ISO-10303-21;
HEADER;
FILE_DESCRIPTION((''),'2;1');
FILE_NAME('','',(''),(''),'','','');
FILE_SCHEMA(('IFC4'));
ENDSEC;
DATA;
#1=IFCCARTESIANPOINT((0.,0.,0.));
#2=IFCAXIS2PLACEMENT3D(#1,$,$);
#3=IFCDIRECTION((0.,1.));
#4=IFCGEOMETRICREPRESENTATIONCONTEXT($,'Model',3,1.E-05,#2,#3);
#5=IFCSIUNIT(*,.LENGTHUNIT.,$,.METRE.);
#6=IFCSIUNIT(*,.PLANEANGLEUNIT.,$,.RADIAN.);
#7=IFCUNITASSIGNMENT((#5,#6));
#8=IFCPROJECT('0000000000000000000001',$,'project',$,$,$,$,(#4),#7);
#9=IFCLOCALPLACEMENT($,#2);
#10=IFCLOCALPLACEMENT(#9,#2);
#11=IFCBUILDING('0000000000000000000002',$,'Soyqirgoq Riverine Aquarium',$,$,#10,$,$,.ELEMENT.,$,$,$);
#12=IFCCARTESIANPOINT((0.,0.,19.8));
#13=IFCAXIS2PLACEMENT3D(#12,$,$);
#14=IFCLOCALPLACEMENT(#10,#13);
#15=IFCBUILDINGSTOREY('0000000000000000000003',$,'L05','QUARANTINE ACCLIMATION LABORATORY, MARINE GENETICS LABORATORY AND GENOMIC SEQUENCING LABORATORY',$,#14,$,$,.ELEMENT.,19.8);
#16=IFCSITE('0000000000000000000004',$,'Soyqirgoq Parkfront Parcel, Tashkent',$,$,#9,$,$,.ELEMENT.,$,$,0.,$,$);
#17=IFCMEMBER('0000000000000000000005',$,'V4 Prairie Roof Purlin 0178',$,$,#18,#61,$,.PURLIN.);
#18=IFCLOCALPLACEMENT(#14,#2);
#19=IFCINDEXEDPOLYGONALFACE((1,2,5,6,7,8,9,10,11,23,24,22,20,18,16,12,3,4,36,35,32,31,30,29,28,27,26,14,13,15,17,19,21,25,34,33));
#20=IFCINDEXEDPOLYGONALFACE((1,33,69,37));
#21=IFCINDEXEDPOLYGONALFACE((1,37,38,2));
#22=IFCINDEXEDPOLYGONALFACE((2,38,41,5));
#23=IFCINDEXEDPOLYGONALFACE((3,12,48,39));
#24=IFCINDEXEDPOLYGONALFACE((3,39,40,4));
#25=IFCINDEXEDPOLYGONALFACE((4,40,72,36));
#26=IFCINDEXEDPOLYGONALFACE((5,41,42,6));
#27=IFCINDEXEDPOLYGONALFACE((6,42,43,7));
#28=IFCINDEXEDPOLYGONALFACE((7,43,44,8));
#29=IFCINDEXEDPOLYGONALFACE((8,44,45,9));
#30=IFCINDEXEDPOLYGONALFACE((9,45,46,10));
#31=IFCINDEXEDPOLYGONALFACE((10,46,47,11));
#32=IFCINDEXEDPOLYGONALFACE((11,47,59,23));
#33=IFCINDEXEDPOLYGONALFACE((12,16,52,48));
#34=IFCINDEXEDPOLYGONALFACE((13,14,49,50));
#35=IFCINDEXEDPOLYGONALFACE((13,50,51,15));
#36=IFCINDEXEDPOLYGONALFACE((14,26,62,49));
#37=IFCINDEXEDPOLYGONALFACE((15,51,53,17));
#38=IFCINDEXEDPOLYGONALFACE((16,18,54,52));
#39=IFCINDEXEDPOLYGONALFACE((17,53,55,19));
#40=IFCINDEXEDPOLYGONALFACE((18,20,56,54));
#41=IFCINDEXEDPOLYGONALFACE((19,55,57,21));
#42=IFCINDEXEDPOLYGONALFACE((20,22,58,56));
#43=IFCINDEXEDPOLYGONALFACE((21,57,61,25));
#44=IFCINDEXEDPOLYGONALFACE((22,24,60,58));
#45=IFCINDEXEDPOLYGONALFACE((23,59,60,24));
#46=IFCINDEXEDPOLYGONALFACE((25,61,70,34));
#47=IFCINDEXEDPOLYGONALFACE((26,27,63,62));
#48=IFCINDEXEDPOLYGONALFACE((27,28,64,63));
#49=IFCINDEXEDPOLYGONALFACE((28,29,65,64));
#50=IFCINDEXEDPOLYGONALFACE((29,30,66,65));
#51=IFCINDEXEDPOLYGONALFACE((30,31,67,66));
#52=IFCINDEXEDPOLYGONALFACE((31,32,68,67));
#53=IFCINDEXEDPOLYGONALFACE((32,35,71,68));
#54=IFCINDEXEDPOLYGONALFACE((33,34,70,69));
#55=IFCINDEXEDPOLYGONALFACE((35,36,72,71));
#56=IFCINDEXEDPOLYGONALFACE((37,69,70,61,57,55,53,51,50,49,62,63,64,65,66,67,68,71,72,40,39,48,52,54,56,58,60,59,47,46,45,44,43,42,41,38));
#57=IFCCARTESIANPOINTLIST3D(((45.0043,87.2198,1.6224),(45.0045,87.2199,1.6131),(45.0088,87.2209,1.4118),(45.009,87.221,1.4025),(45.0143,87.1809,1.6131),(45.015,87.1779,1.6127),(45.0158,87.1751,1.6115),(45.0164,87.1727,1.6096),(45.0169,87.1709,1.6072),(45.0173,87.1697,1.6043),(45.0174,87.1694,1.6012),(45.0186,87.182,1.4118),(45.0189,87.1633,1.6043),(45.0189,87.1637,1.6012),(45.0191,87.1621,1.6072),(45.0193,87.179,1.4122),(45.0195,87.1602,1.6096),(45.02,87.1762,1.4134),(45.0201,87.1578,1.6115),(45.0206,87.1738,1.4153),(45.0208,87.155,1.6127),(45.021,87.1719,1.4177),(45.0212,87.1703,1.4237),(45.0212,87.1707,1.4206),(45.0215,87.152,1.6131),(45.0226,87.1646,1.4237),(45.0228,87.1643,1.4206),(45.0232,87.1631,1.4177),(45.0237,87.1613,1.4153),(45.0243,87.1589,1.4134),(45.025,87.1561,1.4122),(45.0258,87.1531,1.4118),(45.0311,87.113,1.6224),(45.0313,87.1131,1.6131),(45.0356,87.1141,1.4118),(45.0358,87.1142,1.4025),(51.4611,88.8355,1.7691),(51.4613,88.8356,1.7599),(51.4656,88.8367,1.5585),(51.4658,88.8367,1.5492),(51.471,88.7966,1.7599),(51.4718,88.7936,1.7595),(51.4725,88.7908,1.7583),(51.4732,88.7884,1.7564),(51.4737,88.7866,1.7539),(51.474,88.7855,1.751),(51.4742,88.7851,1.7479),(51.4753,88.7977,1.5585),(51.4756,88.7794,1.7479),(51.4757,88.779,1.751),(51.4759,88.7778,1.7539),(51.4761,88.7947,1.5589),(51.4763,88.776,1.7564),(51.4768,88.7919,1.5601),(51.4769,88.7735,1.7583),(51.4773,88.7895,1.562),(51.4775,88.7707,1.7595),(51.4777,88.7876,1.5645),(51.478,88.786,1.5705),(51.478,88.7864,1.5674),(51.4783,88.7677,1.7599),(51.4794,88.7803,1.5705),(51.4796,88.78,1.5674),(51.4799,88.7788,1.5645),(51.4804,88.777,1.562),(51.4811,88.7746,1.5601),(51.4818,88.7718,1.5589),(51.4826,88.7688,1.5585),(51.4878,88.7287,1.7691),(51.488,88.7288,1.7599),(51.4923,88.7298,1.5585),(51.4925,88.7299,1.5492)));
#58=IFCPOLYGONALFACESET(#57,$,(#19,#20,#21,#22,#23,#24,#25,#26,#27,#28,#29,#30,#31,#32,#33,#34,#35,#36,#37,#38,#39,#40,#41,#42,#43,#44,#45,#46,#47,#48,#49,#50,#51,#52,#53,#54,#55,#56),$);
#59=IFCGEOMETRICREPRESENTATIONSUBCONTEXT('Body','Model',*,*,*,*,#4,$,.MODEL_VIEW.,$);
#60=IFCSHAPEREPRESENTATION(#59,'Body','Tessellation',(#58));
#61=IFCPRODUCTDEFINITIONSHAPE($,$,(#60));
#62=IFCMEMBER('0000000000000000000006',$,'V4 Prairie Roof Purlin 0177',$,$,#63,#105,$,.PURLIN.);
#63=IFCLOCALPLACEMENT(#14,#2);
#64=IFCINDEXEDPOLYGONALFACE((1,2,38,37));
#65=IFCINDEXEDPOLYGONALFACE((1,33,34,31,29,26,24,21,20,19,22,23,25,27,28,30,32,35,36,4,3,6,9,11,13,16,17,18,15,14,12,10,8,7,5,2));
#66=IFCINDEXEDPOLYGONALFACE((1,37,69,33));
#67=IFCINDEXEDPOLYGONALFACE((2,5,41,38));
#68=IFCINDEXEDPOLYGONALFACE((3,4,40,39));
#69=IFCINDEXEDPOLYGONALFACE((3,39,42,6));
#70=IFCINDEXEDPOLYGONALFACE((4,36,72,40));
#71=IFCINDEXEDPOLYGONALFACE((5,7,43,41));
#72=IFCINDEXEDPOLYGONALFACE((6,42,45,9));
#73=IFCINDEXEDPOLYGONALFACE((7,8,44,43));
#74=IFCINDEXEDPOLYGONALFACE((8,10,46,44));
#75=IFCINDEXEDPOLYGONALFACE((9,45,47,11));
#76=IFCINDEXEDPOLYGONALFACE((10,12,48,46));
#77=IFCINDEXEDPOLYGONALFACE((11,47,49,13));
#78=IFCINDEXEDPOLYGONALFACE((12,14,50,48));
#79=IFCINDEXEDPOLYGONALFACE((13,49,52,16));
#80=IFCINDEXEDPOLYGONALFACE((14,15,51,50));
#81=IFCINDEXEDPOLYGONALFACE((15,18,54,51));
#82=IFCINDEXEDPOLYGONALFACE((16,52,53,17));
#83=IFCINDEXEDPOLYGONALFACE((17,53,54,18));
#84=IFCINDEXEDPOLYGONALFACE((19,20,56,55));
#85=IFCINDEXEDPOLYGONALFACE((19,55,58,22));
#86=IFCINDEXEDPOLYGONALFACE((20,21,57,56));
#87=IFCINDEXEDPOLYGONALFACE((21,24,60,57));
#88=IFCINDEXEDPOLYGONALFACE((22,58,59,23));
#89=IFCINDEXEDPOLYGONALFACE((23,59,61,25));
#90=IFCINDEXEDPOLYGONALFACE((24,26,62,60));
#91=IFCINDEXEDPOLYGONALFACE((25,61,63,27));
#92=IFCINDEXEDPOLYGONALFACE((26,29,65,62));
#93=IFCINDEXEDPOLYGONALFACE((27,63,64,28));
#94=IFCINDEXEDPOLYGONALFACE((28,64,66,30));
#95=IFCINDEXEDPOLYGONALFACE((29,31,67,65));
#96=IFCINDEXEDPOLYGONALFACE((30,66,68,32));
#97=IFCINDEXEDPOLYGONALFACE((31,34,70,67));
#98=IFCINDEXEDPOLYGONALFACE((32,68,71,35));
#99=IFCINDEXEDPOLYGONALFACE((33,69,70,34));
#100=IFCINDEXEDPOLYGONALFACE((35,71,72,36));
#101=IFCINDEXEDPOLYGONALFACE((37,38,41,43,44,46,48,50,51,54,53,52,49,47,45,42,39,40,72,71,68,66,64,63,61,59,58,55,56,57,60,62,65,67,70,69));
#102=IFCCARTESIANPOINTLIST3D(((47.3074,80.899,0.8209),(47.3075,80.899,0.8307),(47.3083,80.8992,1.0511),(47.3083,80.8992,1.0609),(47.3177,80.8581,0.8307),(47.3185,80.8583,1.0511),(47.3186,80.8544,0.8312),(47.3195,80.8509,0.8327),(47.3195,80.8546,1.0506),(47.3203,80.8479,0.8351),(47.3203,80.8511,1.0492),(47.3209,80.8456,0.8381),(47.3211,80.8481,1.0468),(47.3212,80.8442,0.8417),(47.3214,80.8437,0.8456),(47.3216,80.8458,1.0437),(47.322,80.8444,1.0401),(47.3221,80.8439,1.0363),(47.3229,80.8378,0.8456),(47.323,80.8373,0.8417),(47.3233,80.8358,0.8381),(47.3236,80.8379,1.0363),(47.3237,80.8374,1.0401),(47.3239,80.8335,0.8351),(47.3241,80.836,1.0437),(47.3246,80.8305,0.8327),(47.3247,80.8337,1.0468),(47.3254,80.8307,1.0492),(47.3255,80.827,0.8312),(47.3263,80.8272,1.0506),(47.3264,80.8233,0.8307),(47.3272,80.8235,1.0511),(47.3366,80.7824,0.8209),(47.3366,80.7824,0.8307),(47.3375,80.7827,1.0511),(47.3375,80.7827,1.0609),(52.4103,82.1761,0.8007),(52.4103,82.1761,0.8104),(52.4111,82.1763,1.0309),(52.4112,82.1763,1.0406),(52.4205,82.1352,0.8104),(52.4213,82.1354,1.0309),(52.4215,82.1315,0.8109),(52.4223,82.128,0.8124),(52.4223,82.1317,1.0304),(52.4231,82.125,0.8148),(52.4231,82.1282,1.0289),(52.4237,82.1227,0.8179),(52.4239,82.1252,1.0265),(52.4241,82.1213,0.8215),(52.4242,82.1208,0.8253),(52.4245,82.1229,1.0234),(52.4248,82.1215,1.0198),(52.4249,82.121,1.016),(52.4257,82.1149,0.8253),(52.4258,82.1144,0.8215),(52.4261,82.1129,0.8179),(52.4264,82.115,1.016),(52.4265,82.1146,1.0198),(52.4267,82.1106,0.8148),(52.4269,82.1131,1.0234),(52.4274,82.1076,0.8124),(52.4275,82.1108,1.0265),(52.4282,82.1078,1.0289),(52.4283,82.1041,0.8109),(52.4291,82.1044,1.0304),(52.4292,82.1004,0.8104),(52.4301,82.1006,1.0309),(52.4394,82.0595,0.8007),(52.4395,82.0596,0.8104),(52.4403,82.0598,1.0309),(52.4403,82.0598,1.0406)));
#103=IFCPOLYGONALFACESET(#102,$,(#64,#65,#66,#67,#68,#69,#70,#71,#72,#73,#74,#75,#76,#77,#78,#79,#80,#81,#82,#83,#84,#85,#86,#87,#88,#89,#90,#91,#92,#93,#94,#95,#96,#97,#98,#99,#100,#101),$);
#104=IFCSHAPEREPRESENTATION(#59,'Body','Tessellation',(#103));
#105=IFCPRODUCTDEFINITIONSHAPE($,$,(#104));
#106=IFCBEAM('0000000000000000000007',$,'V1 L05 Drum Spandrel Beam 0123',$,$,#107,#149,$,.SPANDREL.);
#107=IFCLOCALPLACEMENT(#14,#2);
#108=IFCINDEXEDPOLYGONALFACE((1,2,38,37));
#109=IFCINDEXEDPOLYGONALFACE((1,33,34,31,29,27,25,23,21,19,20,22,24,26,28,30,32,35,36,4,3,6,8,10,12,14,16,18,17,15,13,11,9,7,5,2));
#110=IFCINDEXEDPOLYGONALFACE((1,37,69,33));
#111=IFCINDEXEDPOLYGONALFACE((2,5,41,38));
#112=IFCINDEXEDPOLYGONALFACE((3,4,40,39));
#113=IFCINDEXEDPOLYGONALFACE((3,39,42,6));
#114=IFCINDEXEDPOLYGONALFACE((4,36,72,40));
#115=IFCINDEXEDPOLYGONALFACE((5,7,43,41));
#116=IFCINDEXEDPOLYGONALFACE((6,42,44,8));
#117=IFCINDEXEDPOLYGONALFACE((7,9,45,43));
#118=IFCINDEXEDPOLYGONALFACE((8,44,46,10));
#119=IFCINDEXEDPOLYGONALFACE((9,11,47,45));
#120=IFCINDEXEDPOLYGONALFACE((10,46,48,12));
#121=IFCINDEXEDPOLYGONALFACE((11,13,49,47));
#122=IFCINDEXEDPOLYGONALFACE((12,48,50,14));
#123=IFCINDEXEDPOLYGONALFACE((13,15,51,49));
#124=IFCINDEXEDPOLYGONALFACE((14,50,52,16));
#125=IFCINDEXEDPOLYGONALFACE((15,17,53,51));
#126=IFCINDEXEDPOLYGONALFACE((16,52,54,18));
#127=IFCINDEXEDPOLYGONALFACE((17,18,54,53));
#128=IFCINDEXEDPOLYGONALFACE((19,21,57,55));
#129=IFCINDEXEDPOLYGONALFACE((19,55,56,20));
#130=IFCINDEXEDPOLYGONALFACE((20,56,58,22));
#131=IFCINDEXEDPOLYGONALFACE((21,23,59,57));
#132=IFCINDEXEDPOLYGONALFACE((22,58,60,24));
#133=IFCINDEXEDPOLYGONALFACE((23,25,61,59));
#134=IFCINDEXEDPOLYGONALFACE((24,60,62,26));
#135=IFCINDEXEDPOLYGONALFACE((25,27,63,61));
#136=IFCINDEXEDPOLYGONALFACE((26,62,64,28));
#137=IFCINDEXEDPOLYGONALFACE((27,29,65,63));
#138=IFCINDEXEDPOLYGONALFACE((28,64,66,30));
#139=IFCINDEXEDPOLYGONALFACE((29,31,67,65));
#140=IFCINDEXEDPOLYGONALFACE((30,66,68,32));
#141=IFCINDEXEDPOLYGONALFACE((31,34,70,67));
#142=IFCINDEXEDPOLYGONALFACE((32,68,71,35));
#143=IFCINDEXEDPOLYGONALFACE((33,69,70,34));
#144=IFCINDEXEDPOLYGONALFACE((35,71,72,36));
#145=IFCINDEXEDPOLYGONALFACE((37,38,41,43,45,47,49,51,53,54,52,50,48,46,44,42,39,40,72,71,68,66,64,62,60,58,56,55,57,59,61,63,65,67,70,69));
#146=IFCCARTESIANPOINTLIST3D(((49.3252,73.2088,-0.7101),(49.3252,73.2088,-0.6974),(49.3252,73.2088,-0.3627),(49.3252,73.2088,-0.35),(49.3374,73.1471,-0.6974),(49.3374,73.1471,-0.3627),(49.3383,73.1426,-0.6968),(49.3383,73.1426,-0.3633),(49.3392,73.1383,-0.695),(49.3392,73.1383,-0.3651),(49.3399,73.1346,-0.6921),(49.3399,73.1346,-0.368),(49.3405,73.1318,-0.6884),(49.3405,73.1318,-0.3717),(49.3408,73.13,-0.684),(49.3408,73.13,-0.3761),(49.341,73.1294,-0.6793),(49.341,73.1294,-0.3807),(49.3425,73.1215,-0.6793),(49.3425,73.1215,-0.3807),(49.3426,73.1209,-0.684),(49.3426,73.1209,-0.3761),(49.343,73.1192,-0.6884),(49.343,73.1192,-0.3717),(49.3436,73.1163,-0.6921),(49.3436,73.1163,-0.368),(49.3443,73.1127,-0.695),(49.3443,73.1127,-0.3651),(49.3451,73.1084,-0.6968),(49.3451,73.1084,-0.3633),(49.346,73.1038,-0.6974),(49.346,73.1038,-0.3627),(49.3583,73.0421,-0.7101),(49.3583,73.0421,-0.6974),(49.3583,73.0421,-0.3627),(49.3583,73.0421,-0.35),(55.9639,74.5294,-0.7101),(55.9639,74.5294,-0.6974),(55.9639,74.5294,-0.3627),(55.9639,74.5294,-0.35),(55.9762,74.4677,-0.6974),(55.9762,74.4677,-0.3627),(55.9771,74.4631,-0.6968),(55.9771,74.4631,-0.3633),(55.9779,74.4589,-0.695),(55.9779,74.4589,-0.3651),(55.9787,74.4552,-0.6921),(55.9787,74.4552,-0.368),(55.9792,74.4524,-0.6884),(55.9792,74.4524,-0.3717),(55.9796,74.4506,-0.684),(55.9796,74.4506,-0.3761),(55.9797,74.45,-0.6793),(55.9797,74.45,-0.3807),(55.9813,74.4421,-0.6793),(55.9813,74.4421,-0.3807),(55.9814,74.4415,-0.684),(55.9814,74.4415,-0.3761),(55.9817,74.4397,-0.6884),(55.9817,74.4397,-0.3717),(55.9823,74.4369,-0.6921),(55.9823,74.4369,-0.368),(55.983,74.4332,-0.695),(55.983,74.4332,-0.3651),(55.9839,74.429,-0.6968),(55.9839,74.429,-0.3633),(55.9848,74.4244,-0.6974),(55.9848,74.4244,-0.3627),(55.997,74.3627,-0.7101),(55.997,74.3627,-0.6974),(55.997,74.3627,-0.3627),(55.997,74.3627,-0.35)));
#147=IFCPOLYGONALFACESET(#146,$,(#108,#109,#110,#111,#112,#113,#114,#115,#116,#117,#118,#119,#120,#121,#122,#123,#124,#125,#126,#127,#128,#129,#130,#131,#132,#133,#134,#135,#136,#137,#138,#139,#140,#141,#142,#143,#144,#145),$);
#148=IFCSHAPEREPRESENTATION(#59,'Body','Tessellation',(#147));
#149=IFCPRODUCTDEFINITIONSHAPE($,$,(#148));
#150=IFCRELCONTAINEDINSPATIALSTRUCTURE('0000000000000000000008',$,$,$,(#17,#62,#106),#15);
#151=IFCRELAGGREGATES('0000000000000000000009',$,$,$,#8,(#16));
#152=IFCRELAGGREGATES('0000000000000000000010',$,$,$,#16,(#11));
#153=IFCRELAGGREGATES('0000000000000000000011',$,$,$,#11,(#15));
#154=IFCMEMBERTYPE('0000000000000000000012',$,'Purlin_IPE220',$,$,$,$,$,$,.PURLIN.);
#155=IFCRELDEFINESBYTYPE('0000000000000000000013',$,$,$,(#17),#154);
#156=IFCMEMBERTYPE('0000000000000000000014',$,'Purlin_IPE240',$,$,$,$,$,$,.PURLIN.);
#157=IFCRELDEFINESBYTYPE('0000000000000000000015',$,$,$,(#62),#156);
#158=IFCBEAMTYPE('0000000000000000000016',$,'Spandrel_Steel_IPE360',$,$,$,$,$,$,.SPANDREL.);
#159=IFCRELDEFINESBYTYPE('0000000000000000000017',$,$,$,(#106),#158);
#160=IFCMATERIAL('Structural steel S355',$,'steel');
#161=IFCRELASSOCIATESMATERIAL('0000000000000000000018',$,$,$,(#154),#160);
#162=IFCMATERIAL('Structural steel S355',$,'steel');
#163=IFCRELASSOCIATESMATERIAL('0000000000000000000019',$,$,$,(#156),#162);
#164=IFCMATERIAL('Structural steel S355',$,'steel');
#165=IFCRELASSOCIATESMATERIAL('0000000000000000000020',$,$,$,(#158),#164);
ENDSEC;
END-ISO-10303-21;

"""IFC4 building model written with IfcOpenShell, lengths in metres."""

from ifc_helpers import new_model, si_unit, direction, frame, origin, origin_2d, place, context, subcontext, project, spatial, i_section, extrude, material, material_profile, profile_set, type_object, element, save


model = new_model("IFC4")

# Units and contexts
model_context = context("Model", 3, precision=1e-05, world=origin(), true_north=direction((0.0, 1.0)))
body_context = subcontext(model_context, "Body", "Model", "MODEL_VIEW")
ifc_project = project(units=[si_unit("LENGTHUNIT", "METRE"), si_unit("PLANEANGLEUNIT", "RADIAN")], contexts=[model_context])

# Site, building, storey
site_placement = place(None, origin())
site = spatial("IfcSite", under=ifc_project, at=site_placement, Name="Soyqirgoq Parkfront Parcel, Tashkent", CompositionType="ELEMENT", RefElevation=0.0)
building_placement = place(site_placement, origin())
building = spatial("IfcBuilding", under=site, at=building_placement, Name="Soyqirgoq Riverine Aquarium", CompositionType="ELEMENT")
storey_placement = place(building_placement, frame((0.0, 0.0, 19.8)))
storey = spatial("IfcBuildingStorey", under=building, at=storey_placement, Name="L05", Description="QUARANTINE ACCLIMATION LABORATORY, MARINE GENETICS LABORATORY AND GENOMIC SEQUENCING LABORATORY", CompositionType="ELEMENT", Elevation=19.8)

# Members
ifc_material_1 = material(Name="Structural steel S355", Category="steel")
ifc_material_profile_1 = material_profile(ifc_material_1, i_section(OverallWidth=0.1101, OverallDepth=0.22, WebThickness=0.0059, FlangeThickness=0.0093, FilletRadius=0.012, at=origin_2d()), Name="IPE 220")
ifc_profile_set_1 = profile_set([ifc_material_profile_1], Name="Structural steel S355")
member_type_1 = type_object("IfcMemberType", Name="Purlin_IPE220", PredefinedType="PURLIN", material=ifc_profile_set_1)
member_1_placement = place(storey_placement, frame((51.4768, 88.7827, 1.6592), z_axis=(-0.969853, -0.242692, -0.02204), x_axis=(0.242751, -0.970089, 0.0)))
element("IfcMember", 1, at=member_1_placement, inside=storey, type_object=member_type_1, Name="V4 Prairie Roof Purlin 0178", PredefinedType="PURLIN", context=body_context, shape_type="SweptSolid", body=[
    extrude(i_section(OverallWidth=0.1101, OverallDepth=0.22, WebThickness=0.0059, FlangeThickness=0.0093, FilletRadius=0.012, at=origin_2d()), origin(), (0.0, 0.0, 1.0), 6.6575),
])
ifc_material_2 = material(Name="Structural steel S355", Category="steel")
ifc_material_profile_2 = material_profile(ifc_material_2, i_section(OverallWidth=0.1201, OverallDepth=0.24, WebThickness=0.0061, FlangeThickness=0.0098, FilletRadius=0.0149, at=origin_2d()), Name="IPE 240")
ifc_profile_set_2 = profile_set([ifc_material_profile_2], Name="Structural steel S355")
member_type_2 = type_object("IfcMemberType", Name="Purlin_IPE240", PredefinedType="PURLIN", material=ifc_profile_set_2)
member_2_placement = place(storey_placement, frame((52.4253, 82.1179, 0.9207), z_axis=(-0.970072, -0.242785, 0.003852), x_axis=(0.242787, -0.97008, 0.0)))
element("IfcMember", 2, at=member_2_placement, inside=storey, type_object=member_type_2, Name="V4 Prairie Roof Purlin 0177", PredefinedType="PURLIN", context=body_context, shape_type="SweptSolid", body=[
    extrude(i_section(OverallWidth=0.1201, OverallDepth=0.24, WebThickness=0.0061, FlangeThickness=0.0098, FilletRadius=0.0149, at=origin_2d()), origin(), (0.0, 0.0, 1.0), 5.2603),
])

# Beam
ifc_material_3 = material(Name="Structural steel S355", Category="steel")
ifc_material_profile_3 = material_profile(ifc_material_3, i_section(OverallWidth=0.1699, OverallDepth=0.3601, WebThickness=0.0081, FlangeThickness=0.0127, FilletRadius=0.0181, at=origin_2d()), Name="IPE 360")
ifc_profile_set_3 = profile_set([ifc_material_profile_3], Name="Structural steel S355")
beam_type_1 = type_object("IfcBeamType", Name="Spandrel_Steel_IPE360", PredefinedType="SPANDREL", material=ifc_profile_set_3)
beam_1_placement = place(storey_placement, frame((55.9805, 74.446, -0.53), z_axis=(-0.980784, -0.195096, 0.0), x_axis=(0.195096, -0.980784, 0.0)))
element("IfcBeam", 3, at=beam_1_placement, inside=storey, type_object=beam_type_1, Name="V1 L05 Drum Spandrel Beam 0123", PredefinedType="SPANDREL", context=body_context, shape_type="SweptSolid", body=[
    extrude(i_section(OverallWidth=0.1699, OverallDepth=0.3601, WebThickness=0.0081, FlangeThickness=0.0127, FilletRadius=0.0181, at=origin_2d()), origin(), (0.0, 0.0, 1.0), 6.7688),
])

save(model, "model.ifc")
